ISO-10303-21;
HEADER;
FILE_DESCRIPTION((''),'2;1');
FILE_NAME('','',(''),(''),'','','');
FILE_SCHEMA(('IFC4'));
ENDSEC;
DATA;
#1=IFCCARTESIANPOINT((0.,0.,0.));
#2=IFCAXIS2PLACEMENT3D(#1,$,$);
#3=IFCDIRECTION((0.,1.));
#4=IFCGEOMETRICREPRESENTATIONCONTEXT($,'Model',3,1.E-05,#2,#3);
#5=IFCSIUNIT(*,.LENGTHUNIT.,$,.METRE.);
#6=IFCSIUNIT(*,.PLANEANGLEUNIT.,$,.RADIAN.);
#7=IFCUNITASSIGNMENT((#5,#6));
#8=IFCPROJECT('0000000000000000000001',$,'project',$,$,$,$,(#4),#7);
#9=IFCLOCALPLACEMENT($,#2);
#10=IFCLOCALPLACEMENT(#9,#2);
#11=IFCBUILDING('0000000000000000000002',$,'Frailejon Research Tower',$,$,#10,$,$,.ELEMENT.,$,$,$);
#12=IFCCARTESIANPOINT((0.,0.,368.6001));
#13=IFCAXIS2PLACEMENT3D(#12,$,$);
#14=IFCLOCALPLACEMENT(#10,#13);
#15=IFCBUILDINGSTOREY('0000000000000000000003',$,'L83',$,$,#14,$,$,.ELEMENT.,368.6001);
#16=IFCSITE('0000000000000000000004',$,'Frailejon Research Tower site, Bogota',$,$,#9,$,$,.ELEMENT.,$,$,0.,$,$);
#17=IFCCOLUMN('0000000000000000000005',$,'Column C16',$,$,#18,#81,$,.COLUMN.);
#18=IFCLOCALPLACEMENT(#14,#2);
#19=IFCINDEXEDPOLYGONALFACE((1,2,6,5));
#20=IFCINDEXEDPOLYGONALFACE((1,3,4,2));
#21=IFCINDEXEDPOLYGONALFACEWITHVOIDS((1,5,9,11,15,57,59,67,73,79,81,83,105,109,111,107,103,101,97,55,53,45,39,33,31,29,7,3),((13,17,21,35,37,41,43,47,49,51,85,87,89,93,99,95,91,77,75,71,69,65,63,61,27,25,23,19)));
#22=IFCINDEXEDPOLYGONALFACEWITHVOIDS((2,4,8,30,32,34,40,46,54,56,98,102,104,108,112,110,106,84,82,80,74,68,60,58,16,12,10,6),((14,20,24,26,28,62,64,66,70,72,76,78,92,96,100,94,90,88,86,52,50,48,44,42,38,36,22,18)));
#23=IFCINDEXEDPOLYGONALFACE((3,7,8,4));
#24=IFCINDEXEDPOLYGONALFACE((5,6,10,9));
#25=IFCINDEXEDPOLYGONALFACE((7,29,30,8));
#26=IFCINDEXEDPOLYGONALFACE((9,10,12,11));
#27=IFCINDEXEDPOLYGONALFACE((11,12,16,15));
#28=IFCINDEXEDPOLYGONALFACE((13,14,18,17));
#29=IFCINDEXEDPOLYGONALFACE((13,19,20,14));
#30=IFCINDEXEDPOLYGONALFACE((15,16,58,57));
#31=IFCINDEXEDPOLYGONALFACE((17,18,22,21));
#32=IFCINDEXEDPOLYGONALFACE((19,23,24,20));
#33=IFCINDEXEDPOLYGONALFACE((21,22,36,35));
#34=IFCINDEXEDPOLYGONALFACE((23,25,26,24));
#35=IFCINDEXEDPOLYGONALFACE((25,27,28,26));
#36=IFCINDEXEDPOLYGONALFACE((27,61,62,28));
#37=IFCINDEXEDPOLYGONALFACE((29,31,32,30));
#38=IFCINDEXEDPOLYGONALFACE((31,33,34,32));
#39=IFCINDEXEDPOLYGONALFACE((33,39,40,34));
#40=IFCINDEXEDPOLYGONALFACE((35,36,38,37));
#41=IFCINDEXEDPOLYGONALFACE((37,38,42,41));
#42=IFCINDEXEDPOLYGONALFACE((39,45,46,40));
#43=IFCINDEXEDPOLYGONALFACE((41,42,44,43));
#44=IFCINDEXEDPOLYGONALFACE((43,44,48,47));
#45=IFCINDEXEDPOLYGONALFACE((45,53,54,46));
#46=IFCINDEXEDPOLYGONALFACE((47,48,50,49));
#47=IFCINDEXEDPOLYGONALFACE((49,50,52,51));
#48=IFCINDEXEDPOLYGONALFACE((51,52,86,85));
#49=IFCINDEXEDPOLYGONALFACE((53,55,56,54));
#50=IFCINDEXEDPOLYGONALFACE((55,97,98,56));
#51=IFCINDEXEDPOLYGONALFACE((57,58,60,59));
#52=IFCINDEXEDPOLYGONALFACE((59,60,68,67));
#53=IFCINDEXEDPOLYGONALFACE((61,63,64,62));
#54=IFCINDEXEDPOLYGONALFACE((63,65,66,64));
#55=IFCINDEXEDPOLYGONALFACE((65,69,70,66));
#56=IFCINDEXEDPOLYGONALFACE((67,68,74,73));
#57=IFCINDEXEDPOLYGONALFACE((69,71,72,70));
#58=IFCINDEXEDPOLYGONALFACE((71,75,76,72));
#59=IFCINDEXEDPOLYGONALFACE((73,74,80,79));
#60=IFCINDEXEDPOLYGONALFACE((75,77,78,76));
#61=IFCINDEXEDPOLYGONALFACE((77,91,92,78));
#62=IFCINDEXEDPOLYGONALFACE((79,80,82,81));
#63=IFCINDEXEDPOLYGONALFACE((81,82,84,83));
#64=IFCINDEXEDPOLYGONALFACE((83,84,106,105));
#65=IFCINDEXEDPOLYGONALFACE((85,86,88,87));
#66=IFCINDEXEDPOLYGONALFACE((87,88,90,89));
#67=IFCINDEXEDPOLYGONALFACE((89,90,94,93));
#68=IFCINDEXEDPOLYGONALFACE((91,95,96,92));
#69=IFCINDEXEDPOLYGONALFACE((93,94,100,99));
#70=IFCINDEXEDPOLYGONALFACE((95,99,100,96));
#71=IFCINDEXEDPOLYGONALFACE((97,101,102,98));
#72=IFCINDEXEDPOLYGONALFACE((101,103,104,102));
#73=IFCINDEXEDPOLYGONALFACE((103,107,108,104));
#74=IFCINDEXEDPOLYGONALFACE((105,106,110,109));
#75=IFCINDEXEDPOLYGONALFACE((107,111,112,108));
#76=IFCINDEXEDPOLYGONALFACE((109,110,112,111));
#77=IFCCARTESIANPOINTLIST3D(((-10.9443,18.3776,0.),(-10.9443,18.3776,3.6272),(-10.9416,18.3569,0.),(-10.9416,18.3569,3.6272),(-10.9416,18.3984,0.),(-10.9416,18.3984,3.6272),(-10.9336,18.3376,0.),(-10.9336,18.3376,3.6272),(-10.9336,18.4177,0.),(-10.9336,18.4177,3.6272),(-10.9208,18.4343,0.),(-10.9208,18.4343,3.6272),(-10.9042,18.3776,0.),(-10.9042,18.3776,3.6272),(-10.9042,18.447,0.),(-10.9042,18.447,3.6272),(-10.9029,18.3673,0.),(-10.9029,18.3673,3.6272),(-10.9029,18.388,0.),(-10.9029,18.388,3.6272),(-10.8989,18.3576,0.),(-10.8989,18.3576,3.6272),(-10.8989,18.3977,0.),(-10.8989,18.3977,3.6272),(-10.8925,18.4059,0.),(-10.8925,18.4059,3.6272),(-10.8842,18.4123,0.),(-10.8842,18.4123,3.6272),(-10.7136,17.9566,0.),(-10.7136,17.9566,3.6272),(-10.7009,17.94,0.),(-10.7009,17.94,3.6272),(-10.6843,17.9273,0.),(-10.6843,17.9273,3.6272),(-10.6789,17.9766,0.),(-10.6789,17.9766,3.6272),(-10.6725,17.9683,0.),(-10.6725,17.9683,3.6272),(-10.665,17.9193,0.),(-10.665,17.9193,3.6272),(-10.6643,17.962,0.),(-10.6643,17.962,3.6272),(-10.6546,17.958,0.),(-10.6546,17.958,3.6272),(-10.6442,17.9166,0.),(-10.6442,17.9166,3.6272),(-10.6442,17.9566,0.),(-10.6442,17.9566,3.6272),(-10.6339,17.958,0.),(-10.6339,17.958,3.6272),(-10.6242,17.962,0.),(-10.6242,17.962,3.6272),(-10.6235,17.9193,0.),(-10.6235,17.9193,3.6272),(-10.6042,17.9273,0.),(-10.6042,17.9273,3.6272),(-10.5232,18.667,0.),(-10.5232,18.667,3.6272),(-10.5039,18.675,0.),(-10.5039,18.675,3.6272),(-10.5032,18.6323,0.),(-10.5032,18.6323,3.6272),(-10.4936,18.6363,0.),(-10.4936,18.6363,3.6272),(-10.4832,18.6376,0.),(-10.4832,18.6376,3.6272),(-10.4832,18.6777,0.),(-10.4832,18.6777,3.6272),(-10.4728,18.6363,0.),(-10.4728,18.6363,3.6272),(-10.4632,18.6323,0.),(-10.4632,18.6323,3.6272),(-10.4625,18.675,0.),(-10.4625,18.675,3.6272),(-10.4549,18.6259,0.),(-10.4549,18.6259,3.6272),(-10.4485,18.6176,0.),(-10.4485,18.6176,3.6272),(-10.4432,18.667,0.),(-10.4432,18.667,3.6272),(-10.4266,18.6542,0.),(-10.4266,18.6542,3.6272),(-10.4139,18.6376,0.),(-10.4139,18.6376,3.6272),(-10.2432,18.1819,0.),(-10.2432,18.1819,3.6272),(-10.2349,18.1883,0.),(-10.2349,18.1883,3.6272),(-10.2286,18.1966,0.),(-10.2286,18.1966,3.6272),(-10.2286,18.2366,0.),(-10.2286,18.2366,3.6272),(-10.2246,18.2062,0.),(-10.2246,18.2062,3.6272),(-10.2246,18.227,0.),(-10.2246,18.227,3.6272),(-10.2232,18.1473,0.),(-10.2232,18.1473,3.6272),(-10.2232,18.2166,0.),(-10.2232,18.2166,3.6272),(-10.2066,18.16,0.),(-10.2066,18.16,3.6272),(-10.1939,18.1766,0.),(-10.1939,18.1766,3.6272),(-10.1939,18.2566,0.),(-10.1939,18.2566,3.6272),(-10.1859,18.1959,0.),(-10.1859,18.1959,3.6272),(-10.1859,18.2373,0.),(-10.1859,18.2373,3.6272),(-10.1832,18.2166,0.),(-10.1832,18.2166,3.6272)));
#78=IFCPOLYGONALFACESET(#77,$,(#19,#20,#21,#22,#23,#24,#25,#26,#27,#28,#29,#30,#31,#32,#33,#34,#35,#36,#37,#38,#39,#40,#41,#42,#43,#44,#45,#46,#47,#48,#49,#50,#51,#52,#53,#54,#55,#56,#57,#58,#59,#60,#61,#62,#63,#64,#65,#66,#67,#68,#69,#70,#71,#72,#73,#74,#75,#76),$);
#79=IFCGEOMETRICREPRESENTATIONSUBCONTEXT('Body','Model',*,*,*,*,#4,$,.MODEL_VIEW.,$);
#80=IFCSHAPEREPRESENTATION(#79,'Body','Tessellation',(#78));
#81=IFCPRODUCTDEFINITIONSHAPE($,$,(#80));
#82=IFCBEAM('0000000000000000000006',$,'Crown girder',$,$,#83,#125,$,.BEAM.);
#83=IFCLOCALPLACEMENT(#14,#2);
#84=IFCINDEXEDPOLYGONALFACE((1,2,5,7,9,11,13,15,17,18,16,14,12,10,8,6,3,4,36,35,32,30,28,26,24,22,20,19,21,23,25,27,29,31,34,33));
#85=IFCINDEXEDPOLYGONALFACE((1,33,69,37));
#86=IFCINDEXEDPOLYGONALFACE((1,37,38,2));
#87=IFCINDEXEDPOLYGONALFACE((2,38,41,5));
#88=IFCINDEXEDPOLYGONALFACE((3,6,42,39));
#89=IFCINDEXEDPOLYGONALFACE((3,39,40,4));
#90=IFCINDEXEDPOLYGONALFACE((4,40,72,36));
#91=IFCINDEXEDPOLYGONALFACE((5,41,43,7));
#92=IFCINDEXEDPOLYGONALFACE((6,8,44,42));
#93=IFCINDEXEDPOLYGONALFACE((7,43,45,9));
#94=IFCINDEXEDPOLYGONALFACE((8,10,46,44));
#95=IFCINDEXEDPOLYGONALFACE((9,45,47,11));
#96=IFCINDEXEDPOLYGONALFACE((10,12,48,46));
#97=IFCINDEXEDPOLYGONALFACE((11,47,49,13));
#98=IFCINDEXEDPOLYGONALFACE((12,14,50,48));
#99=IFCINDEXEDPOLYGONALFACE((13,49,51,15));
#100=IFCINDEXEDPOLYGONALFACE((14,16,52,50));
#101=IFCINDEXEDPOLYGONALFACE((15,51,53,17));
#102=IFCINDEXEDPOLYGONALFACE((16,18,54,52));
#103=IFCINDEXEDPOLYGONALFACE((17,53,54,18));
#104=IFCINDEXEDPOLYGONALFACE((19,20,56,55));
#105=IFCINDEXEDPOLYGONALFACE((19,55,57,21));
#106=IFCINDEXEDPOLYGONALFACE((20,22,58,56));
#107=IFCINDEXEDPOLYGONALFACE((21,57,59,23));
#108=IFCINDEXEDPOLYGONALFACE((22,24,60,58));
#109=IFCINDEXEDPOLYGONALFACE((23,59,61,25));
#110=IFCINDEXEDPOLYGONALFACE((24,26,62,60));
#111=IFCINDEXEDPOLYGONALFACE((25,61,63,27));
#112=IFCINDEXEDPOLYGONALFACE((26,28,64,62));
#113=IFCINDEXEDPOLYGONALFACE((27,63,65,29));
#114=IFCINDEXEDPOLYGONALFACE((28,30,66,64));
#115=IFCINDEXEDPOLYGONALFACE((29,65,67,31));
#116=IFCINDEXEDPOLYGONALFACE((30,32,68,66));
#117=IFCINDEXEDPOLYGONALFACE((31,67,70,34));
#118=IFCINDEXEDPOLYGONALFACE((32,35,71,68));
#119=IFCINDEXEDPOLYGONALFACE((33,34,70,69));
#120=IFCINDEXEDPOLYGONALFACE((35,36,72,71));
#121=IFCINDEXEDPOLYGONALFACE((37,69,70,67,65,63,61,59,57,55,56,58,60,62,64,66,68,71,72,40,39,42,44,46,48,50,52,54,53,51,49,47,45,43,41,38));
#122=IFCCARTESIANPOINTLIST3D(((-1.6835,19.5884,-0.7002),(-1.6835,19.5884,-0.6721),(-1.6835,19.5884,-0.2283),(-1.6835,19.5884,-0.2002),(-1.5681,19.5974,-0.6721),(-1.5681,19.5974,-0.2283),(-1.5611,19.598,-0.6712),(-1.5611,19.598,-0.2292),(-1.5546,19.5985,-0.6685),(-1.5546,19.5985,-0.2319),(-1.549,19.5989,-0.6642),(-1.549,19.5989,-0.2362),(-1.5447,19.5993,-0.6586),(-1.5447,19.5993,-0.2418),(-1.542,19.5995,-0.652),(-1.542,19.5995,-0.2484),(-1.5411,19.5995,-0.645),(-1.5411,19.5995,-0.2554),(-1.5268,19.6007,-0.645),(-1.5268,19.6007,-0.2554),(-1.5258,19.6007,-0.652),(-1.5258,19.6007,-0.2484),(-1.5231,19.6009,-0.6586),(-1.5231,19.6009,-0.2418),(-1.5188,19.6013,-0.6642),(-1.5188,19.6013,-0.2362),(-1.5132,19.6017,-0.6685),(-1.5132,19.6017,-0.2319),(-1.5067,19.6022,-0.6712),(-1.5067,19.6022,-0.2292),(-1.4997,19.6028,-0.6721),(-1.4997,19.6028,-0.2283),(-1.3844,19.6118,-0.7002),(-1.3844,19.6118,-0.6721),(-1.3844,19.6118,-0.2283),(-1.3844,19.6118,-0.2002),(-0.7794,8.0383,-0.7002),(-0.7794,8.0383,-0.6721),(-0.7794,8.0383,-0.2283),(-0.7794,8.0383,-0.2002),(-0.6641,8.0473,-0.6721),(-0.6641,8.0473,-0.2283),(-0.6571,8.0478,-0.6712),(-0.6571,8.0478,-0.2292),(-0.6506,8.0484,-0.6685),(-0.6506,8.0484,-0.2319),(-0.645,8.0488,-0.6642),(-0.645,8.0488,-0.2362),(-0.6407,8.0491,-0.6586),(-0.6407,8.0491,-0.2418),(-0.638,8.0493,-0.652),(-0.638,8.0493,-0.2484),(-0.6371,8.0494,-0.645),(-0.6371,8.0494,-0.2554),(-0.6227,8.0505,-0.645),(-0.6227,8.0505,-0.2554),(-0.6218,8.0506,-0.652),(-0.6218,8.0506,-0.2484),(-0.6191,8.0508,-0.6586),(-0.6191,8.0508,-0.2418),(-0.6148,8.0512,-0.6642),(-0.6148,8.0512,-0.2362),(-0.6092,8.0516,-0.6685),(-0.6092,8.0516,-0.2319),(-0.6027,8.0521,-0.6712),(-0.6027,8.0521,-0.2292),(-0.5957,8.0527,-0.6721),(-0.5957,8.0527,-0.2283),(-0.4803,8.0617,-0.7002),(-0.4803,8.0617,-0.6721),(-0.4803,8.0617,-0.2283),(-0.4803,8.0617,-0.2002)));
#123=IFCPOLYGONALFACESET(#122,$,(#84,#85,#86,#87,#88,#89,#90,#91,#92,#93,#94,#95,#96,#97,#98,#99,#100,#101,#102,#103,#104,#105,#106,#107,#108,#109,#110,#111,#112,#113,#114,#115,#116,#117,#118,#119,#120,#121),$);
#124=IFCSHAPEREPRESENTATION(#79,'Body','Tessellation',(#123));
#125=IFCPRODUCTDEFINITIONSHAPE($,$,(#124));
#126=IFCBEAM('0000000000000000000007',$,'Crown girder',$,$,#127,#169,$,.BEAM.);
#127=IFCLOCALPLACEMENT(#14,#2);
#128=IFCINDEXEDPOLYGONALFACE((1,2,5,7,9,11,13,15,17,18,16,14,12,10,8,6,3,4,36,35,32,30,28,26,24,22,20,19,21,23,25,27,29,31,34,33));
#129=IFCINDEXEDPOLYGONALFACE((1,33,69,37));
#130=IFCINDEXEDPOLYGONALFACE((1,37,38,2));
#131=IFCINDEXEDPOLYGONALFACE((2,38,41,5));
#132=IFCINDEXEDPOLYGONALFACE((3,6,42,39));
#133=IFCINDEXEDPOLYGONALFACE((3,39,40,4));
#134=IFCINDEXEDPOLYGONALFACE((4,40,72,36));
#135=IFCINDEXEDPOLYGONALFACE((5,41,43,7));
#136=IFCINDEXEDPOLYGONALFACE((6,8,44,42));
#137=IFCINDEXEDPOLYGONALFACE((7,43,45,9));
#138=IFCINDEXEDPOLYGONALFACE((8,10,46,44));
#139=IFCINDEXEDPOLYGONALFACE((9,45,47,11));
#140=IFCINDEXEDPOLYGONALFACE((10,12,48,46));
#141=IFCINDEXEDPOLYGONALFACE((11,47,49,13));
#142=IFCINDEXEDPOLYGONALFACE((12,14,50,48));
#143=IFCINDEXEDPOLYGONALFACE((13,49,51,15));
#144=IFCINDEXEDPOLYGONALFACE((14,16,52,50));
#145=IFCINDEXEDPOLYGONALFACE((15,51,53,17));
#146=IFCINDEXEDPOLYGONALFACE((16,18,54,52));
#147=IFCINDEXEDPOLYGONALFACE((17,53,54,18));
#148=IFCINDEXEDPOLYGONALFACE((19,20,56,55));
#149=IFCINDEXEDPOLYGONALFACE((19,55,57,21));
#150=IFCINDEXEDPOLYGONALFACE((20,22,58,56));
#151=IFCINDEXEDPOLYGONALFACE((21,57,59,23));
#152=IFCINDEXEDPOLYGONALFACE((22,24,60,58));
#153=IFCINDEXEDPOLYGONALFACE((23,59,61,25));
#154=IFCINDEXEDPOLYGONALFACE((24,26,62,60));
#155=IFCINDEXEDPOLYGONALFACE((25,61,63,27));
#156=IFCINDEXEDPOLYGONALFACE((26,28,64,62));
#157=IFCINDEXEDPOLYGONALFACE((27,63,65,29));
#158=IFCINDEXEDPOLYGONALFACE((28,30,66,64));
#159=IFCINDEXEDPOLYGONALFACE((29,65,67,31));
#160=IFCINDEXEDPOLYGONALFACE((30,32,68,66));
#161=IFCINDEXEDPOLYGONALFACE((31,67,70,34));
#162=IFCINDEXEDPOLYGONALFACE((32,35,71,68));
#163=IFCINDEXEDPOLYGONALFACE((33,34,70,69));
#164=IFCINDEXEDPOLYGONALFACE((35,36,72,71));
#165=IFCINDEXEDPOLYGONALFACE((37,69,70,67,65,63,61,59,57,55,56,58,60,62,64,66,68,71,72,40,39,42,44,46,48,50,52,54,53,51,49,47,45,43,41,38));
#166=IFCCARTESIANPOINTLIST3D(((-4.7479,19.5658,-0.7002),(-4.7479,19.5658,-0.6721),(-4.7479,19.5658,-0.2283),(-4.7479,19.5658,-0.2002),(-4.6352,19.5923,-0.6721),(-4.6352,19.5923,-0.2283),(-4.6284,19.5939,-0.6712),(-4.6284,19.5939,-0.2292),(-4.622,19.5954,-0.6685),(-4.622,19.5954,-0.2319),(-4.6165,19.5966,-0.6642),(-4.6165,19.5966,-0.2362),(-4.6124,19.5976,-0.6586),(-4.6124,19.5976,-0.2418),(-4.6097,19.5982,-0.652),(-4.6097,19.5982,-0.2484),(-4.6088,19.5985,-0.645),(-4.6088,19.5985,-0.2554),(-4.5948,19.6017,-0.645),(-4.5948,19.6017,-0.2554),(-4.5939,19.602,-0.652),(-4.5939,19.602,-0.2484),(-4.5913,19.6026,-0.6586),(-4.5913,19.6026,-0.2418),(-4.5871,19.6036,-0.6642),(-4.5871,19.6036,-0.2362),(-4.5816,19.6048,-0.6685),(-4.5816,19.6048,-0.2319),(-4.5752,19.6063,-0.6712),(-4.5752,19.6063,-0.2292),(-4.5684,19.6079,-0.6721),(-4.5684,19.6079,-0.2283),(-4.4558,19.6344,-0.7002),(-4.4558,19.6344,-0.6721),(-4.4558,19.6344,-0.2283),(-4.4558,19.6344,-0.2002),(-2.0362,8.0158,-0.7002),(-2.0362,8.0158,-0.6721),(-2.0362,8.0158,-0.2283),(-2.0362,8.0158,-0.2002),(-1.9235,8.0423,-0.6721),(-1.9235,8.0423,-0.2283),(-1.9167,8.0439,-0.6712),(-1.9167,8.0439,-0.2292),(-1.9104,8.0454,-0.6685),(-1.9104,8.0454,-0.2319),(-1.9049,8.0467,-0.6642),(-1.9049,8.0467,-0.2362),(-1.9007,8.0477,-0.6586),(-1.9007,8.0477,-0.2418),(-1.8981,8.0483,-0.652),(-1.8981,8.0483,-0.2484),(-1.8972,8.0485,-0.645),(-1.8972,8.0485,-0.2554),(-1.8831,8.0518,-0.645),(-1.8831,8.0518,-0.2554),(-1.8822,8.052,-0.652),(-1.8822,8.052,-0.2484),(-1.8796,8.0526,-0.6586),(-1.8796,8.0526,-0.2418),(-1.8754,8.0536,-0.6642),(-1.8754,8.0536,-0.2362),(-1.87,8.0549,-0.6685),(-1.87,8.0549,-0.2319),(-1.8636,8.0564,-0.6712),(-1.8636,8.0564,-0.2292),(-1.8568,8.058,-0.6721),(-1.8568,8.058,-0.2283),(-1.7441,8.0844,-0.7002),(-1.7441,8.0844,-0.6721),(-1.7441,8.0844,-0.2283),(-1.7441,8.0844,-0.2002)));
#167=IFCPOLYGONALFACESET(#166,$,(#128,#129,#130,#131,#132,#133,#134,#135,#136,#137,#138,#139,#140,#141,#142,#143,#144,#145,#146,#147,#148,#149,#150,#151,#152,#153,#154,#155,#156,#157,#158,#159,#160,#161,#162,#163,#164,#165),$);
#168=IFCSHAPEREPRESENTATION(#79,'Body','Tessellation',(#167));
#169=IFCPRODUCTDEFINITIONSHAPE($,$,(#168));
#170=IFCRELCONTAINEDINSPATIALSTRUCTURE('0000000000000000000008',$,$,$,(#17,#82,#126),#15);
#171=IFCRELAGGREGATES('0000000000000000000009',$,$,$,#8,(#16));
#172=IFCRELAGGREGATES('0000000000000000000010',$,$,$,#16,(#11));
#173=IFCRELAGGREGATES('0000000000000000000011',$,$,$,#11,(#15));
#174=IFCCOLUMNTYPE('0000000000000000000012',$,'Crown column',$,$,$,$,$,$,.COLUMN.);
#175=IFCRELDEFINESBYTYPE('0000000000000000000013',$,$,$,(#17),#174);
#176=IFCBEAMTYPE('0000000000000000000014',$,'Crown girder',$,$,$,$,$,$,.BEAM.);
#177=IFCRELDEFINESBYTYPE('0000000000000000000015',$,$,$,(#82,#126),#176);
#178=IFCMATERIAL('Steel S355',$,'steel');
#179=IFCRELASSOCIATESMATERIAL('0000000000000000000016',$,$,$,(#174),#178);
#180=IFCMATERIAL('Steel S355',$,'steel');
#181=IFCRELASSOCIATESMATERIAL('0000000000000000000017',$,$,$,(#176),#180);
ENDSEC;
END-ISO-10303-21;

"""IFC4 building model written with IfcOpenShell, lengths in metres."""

from ifc_helpers import new_model, si_unit, direction, frame, origin, origin_2d, place, context, subcontext, project, spatial, hollow_rectangle, i_section, extrude, material, material_profile, profile_set, type_object, element, save


model = new_model("IFC4")

# Units and contexts
model_context = context("Model", 3, precision=1e-05, world=origin(), true_north=direction((0.0, 1.0)))
body_context = subcontext(model_context, "Body", "Model", "MODEL_VIEW")
ifc_project = project(units=[si_unit("LENGTHUNIT", "METRE"), si_unit("PLANEANGLEUNIT", "RADIAN")], contexts=[model_context])

# Site, building, storey
site_placement = place(None, origin())
site = spatial("IfcSite", under=ifc_project, at=site_placement, Name="Frailejon Research Tower site, Bogota", CompositionType="ELEMENT", RefElevation=0.0)
building_placement = place(site_placement, origin())
building = spatial("IfcBuilding", under=site, at=building_placement, Name="Frailejon Research Tower", CompositionType="ELEMENT")
storey_placement = place(building_placement, frame((0.0, 0.0, 368.6001)))
storey = spatial("IfcBuildingStorey", under=building, at=storey_placement, Name="L83", CompositionType="ELEMENT", Elevation=368.6001)

# Column
ifc_material_1 = material(Name="Steel S355", Category="steel")
ifc_material_profile_1 = material_profile(ifc_material_1, hollow_rectangle(XDim=0.6001, YDim=0.6001, WallThickness=0.04, InnerFilletRadius=0.04, OuterFilletRadius=0.0801, at=origin_2d()), Name="Crown column")
ifc_profile_set_1 = profile_set([ifc_material_profile_1], Name="Steel S355")
column_type = type_object("IfcColumnType", Name="Crown column", PredefinedType="COLUMN", material=ifc_profile_set_1)
column_placement = place(storey_placement, frame((-10.5637, 18.2971, 0.0), z_axis=(0.0, 0.0, 1.0), x_axis=(-0.866025, -0.5, 0.0)))
element("IfcColumn", 1, at=column_placement, inside=storey, type_object=column_type, Name="Column C16", PredefinedType="COLUMN", context=body_context, shape_type="SweptSolid", body=[
    extrude(hollow_rectangle(XDim=0.6001, YDim=0.6001, WallThickness=0.04, InnerFilletRadius=0.04, OuterFilletRadius=0.0801, at=origin_2d()), origin(), (0.0, 0.0, 1.0), 3.6272),
])

# Beams
ifc_material_2 = material(Name="Steel S355", Category="steel")
ifc_material_profile_2 = material_profile(ifc_material_2, i_section(OverallWidth=0.3, OverallDepth=0.5, WebThickness=0.0144, FlangeThickness=0.0281, FilletRadius=0.0271, at=origin_2d()), Name="HE 500 B")
ifc_profile_set_2 = profile_set([ifc_material_profile_2], Name="Steel S355")
beam_type_1 = type_object("IfcBeamType", Name="Crown girder", PredefinedType="BEAM", material=ifc_profile_set_2)
beam_1_placement = place(storey_placement, frame((-1.5339, 19.6001, -0.4502), z_axis=(0.078034, -0.996951, 0.0), x_axis=(0.996951, 0.078034, 0.0)))
element("IfcBeam", 2, at=beam_1_placement, inside=storey, type_object=beam_type_1, Name="Crown girder", PredefinedType="BEAM", context=body_context, shape_type="SweptSolid", body=[
    extrude(i_section(OverallWidth=0.3, OverallDepth=0.5, WebThickness=0.0144, FlangeThickness=0.0281, FilletRadius=0.0271, at=origin_2d()), origin(), (0.0, 0.0, 1.0), 11.5854),
])
beam_2_placement = place(storey_placement, frame((-4.6018, 19.6001, -0.4502), z_axis=(0.228561, -0.97353, 0.0), x_axis=(0.97353, 0.228561, 0.0)))
element("IfcBeam", 3, at=beam_2_placement, inside=storey, type_object=beam_type_1, Name="Crown girder", PredefinedType="BEAM", context=body_context, shape_type="SweptSolid", body=[
    extrude(i_section(OverallWidth=0.3, OverallDepth=0.5, WebThickness=0.0144, FlangeThickness=0.0281, FilletRadius=0.0271, at=origin_2d()), origin(), (0.0, 0.0, 1.0), 11.864),
])

save(model, "model.ifc")
